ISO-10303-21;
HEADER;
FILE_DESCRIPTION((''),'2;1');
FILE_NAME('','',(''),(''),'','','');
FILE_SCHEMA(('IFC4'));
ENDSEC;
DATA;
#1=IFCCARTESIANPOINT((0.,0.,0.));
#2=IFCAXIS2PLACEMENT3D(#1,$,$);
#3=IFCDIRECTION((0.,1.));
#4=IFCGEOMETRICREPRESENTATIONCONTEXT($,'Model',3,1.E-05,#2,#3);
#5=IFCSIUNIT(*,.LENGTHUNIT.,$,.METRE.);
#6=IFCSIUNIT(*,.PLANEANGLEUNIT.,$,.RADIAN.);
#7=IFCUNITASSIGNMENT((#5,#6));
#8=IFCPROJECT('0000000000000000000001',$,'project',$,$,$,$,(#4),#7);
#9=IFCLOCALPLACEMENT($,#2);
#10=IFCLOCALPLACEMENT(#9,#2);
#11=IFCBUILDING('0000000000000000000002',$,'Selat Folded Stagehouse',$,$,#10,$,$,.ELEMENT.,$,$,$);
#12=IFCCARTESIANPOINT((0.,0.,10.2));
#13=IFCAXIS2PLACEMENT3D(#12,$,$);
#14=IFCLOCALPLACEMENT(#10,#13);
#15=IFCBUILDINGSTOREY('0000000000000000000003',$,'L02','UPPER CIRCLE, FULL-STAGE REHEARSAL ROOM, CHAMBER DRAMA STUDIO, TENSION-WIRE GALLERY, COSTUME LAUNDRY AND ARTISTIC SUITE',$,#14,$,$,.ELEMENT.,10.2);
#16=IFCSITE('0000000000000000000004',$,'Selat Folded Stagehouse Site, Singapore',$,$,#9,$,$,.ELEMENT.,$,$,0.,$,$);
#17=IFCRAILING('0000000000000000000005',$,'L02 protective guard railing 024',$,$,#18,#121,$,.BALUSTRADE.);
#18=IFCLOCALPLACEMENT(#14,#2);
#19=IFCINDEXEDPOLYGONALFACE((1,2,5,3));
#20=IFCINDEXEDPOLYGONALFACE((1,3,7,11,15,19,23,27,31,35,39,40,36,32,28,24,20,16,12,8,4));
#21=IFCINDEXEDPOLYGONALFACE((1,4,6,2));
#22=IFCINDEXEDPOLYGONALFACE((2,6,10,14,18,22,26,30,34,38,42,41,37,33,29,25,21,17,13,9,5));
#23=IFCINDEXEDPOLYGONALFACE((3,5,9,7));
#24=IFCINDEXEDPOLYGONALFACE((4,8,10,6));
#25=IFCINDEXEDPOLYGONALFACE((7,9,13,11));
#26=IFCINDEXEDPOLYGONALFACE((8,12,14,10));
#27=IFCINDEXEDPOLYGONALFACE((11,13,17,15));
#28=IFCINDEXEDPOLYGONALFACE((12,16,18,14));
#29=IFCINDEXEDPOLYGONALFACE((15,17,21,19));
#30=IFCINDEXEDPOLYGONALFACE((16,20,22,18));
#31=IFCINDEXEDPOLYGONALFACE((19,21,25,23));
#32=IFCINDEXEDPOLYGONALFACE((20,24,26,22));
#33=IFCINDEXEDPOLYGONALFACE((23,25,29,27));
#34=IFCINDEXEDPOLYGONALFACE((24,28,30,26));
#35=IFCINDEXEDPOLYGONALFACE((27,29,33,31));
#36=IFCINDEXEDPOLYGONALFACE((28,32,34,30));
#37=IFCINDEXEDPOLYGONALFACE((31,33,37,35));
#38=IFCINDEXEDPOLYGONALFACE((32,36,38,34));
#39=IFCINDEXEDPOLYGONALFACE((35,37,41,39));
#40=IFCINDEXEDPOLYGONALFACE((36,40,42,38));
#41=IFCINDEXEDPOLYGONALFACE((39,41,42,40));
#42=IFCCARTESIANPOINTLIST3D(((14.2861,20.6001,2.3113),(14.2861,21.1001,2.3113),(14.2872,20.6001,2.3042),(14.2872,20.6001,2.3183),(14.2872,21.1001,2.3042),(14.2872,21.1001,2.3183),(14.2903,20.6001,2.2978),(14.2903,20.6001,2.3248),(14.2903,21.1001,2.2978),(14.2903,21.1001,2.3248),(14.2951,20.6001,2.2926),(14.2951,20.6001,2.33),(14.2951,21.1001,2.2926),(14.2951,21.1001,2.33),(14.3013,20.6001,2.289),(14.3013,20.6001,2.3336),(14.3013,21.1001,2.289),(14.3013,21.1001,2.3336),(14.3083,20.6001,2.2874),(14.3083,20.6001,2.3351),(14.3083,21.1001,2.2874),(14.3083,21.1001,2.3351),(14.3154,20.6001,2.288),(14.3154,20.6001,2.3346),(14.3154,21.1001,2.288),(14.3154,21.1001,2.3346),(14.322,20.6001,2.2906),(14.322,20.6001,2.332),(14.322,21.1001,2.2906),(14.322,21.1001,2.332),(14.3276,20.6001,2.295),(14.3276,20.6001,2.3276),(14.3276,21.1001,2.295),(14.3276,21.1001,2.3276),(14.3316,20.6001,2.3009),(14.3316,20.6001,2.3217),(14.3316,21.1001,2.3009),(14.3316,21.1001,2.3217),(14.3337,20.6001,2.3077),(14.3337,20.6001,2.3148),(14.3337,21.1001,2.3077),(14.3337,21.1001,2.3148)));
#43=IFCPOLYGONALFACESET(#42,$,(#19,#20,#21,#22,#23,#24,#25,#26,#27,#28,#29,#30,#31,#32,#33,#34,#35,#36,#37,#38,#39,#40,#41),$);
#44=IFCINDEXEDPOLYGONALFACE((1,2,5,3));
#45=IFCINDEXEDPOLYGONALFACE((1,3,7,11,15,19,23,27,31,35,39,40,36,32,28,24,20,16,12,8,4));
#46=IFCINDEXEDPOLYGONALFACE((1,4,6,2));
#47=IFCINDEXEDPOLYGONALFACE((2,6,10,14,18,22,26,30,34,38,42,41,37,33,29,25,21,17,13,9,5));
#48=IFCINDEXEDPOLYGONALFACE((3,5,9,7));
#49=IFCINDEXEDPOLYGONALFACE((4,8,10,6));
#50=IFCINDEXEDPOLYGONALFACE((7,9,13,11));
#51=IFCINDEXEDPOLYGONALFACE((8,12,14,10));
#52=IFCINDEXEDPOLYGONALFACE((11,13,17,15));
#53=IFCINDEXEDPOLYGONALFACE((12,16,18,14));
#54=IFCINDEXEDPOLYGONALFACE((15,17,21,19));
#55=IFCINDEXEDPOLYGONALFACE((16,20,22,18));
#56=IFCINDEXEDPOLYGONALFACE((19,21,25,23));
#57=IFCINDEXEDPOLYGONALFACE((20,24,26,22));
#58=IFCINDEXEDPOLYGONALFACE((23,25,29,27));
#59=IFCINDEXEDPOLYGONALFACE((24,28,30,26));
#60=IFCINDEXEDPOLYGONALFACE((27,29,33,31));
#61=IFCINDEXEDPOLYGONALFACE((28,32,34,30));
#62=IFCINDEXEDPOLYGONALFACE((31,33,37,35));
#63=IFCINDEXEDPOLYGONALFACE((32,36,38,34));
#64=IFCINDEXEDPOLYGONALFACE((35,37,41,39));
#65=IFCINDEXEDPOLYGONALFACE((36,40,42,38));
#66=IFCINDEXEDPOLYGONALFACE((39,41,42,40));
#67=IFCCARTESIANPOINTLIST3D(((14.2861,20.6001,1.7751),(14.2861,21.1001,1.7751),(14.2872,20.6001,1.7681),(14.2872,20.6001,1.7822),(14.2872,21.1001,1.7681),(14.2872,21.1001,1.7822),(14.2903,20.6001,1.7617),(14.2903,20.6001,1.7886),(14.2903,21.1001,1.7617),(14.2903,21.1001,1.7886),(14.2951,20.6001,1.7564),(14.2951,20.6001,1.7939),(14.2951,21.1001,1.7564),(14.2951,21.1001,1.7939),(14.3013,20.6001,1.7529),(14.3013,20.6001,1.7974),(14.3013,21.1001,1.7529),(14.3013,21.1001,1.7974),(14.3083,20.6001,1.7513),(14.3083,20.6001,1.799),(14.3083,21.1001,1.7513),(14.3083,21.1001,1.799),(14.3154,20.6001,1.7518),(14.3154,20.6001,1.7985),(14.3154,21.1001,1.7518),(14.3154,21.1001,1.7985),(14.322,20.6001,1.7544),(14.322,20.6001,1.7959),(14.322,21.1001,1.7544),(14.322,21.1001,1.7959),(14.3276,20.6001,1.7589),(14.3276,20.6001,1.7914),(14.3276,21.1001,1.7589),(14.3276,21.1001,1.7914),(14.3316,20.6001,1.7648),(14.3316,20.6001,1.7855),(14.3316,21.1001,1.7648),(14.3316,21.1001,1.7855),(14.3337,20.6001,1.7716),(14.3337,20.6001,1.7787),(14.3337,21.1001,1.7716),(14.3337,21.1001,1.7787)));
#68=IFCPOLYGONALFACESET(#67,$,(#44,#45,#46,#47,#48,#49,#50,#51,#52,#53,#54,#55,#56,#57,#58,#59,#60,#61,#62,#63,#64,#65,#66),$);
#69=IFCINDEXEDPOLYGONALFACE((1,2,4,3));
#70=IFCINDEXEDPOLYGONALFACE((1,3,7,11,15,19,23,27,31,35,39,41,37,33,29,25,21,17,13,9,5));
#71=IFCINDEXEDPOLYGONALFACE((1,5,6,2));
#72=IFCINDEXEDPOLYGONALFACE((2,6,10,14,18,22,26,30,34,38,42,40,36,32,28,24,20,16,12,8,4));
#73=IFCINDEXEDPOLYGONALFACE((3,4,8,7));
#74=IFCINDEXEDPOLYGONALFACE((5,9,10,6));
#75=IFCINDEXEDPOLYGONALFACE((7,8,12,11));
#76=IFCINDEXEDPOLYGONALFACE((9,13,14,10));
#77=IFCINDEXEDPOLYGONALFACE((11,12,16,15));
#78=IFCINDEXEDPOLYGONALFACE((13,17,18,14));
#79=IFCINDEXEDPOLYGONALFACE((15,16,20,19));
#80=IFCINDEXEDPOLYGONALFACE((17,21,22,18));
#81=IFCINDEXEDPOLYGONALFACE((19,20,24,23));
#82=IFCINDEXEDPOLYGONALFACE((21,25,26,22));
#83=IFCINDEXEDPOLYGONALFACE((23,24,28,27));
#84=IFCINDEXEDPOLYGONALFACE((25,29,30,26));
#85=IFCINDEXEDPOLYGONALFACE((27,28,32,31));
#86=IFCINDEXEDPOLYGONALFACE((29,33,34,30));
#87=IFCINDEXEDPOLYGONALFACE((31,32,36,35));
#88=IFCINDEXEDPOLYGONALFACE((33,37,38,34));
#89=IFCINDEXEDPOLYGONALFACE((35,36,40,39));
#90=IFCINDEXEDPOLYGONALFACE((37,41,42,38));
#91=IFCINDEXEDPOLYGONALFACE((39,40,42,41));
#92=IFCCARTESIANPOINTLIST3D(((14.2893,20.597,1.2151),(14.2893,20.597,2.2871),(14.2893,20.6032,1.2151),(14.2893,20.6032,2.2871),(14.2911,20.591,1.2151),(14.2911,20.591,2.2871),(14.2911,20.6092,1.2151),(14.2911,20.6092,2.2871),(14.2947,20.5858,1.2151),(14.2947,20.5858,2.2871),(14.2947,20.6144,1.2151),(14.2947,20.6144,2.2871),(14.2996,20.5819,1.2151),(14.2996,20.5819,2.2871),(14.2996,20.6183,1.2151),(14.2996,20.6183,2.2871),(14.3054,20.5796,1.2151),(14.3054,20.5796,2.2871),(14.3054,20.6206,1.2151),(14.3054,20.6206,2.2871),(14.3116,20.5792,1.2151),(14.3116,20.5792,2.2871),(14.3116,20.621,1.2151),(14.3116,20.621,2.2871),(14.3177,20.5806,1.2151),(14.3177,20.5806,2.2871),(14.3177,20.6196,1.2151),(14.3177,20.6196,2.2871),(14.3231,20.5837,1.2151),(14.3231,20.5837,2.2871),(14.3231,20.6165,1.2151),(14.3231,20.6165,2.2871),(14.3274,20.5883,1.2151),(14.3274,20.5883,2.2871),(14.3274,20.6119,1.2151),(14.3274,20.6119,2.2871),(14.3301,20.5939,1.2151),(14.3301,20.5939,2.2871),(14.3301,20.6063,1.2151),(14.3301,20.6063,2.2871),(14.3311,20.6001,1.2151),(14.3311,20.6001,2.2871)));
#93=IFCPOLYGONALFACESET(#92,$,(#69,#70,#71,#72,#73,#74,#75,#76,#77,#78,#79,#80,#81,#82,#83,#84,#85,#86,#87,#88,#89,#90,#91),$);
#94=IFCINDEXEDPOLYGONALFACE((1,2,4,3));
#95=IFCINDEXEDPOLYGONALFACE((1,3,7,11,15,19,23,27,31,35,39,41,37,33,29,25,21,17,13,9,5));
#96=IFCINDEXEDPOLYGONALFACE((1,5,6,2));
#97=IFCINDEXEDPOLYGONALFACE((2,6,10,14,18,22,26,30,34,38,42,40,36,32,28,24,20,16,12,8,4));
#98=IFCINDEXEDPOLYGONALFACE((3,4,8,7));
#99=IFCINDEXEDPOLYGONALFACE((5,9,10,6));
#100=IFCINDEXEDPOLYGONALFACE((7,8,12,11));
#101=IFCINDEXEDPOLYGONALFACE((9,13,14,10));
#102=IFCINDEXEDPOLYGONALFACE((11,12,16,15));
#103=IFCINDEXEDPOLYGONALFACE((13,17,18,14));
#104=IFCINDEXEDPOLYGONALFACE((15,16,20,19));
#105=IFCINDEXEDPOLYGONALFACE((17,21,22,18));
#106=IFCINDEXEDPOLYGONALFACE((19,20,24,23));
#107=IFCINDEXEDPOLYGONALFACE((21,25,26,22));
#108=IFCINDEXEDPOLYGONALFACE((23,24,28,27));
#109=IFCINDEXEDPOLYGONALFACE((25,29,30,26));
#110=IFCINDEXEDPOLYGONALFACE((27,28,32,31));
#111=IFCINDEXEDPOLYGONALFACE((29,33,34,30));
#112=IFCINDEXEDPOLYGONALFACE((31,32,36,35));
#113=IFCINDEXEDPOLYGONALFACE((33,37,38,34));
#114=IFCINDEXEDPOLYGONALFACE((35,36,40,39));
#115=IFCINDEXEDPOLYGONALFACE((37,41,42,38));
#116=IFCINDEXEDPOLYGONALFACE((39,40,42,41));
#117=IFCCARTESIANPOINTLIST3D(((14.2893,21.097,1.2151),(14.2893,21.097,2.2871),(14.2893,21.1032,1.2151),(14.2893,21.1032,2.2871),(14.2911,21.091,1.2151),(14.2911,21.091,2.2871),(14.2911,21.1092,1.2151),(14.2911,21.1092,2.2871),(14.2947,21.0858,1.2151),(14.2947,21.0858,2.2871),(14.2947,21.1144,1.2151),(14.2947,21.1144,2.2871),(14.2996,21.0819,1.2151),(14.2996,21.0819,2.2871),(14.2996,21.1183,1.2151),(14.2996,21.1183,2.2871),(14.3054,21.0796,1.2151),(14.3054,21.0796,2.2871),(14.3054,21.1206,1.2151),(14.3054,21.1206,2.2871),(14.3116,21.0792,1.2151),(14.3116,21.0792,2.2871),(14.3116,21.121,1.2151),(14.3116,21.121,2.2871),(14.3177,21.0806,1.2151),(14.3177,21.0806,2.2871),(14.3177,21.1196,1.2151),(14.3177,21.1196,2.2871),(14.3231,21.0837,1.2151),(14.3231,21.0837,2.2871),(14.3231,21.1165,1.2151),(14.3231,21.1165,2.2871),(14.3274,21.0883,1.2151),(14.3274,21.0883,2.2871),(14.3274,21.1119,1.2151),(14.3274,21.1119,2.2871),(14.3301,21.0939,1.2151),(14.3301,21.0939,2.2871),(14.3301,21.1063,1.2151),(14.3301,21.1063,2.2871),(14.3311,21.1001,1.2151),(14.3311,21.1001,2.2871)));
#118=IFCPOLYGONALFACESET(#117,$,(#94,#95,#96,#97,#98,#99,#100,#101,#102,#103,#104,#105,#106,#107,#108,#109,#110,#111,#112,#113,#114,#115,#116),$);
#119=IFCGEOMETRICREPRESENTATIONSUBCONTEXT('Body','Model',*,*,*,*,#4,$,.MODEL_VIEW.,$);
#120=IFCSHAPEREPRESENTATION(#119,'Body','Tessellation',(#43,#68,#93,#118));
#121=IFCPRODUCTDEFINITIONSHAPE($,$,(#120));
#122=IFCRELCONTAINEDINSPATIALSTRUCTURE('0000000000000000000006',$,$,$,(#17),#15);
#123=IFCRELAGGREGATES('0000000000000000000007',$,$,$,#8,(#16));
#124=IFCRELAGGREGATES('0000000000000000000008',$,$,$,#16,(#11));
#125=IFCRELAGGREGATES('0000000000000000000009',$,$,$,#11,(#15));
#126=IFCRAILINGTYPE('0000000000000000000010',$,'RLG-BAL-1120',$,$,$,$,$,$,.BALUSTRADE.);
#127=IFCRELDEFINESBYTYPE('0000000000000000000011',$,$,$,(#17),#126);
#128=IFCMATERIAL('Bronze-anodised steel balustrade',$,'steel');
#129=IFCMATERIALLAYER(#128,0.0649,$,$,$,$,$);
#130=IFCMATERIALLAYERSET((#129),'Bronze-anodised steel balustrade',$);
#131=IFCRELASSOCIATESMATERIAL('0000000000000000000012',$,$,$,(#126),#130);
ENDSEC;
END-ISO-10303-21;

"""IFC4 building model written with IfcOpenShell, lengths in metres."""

from ifc_helpers import new_model, si_unit, direction, frame, origin, origin_2d, place, context, subcontext, project, spatial, circle, extrude, material, layer, layer_set, type_object, element, save


model = new_model("IFC4")

# Units and contexts
model_context = context("Model", 3, precision=1e-05, world=origin(), true_north=direction((0.0, 1.0)))
body_context = subcontext(model_context, "Body", "Model", "MODEL_VIEW")
ifc_project = project(units=[si_unit("LENGTHUNIT", "METRE"), si_unit("PLANEANGLEUNIT", "RADIAN")], contexts=[model_context])

# Site, building, storey
site_placement = place(None, origin())
site = spatial("IfcSite", under=ifc_project, at=site_placement, Name="Selat Folded Stagehouse Site, Singapore", CompositionType="ELEMENT", RefElevation=0.0)
building_placement = place(site_placement, origin())
building = spatial("IfcBuilding", under=site, at=building_placement, Name="Selat Folded Stagehouse", CompositionType="ELEMENT")
storey_placement = place(building_placement, frame((0.0, 0.0, 10.2)))
storey = spatial("IfcBuildingStorey", under=building, at=storey_placement, Name="L02", Description="UPPER CIRCLE, FULL-STAGE REHEARSAL ROOM, CHAMBER DRAMA STUDIO, TENSION-WIRE GALLERY, COSTUME LAUNDRY AND ARTISTIC SUITE", CompositionType="ELEMENT", Elevation=10.2)

# Railing
ifc_material_1 = material(Name="Bronze-anodised steel balustrade", Category="steel")
ifc_layer_1 = layer(ifc_material_1, 0.0649)
ifc_layer_set_1 = layer_set([ifc_layer_1], Name="Bronze-anodised steel balustrade")
railing_type = type_object("IfcRailingType", Name="RLG-BAL-1120", PredefinedType="BALUSTRADE", material=ifc_layer_set_1)
railing_1_placement = place(storey_placement, frame((14.3101, 20.6001, 1.2151)))
element("IfcRailing", 1, at=railing_1_placement, inside=storey, type_object=railing_type, Name="L02 protective guard railing 024", PredefinedType="BALUSTRADE", context=body_context, shape_type="SweptSolid", body=[
    extrude(circle(Radius=0.0239, at=origin_2d()), frame((0.0, 0.0, 1.0962), z_axis=(0.0, 1.0, 0.0), x_axis=(-1.0, 0.0, 0.0)), (0.0, 0.0, 1.0), 0.5),
    extrude(circle(Radius=0.0239, at=origin_2d()), frame((0.0, 0.0, 0.5601), z_axis=(0.0, 1.0, 0.0), x_axis=(-1.0, 0.0, 0.0)), (0.0, 0.0, 1.0), 0.5),
    extrude(circle(Radius=0.021, at=origin_2d()), origin(), (0.0, 0.0, 1.0), 1.072),
    extrude(circle(Radius=0.021, at=origin_2d()), frame((0.0, 0.5, 0.0)), (0.0, 0.0, 1.0), 1.072),
])

save(model, "model.ifc")
